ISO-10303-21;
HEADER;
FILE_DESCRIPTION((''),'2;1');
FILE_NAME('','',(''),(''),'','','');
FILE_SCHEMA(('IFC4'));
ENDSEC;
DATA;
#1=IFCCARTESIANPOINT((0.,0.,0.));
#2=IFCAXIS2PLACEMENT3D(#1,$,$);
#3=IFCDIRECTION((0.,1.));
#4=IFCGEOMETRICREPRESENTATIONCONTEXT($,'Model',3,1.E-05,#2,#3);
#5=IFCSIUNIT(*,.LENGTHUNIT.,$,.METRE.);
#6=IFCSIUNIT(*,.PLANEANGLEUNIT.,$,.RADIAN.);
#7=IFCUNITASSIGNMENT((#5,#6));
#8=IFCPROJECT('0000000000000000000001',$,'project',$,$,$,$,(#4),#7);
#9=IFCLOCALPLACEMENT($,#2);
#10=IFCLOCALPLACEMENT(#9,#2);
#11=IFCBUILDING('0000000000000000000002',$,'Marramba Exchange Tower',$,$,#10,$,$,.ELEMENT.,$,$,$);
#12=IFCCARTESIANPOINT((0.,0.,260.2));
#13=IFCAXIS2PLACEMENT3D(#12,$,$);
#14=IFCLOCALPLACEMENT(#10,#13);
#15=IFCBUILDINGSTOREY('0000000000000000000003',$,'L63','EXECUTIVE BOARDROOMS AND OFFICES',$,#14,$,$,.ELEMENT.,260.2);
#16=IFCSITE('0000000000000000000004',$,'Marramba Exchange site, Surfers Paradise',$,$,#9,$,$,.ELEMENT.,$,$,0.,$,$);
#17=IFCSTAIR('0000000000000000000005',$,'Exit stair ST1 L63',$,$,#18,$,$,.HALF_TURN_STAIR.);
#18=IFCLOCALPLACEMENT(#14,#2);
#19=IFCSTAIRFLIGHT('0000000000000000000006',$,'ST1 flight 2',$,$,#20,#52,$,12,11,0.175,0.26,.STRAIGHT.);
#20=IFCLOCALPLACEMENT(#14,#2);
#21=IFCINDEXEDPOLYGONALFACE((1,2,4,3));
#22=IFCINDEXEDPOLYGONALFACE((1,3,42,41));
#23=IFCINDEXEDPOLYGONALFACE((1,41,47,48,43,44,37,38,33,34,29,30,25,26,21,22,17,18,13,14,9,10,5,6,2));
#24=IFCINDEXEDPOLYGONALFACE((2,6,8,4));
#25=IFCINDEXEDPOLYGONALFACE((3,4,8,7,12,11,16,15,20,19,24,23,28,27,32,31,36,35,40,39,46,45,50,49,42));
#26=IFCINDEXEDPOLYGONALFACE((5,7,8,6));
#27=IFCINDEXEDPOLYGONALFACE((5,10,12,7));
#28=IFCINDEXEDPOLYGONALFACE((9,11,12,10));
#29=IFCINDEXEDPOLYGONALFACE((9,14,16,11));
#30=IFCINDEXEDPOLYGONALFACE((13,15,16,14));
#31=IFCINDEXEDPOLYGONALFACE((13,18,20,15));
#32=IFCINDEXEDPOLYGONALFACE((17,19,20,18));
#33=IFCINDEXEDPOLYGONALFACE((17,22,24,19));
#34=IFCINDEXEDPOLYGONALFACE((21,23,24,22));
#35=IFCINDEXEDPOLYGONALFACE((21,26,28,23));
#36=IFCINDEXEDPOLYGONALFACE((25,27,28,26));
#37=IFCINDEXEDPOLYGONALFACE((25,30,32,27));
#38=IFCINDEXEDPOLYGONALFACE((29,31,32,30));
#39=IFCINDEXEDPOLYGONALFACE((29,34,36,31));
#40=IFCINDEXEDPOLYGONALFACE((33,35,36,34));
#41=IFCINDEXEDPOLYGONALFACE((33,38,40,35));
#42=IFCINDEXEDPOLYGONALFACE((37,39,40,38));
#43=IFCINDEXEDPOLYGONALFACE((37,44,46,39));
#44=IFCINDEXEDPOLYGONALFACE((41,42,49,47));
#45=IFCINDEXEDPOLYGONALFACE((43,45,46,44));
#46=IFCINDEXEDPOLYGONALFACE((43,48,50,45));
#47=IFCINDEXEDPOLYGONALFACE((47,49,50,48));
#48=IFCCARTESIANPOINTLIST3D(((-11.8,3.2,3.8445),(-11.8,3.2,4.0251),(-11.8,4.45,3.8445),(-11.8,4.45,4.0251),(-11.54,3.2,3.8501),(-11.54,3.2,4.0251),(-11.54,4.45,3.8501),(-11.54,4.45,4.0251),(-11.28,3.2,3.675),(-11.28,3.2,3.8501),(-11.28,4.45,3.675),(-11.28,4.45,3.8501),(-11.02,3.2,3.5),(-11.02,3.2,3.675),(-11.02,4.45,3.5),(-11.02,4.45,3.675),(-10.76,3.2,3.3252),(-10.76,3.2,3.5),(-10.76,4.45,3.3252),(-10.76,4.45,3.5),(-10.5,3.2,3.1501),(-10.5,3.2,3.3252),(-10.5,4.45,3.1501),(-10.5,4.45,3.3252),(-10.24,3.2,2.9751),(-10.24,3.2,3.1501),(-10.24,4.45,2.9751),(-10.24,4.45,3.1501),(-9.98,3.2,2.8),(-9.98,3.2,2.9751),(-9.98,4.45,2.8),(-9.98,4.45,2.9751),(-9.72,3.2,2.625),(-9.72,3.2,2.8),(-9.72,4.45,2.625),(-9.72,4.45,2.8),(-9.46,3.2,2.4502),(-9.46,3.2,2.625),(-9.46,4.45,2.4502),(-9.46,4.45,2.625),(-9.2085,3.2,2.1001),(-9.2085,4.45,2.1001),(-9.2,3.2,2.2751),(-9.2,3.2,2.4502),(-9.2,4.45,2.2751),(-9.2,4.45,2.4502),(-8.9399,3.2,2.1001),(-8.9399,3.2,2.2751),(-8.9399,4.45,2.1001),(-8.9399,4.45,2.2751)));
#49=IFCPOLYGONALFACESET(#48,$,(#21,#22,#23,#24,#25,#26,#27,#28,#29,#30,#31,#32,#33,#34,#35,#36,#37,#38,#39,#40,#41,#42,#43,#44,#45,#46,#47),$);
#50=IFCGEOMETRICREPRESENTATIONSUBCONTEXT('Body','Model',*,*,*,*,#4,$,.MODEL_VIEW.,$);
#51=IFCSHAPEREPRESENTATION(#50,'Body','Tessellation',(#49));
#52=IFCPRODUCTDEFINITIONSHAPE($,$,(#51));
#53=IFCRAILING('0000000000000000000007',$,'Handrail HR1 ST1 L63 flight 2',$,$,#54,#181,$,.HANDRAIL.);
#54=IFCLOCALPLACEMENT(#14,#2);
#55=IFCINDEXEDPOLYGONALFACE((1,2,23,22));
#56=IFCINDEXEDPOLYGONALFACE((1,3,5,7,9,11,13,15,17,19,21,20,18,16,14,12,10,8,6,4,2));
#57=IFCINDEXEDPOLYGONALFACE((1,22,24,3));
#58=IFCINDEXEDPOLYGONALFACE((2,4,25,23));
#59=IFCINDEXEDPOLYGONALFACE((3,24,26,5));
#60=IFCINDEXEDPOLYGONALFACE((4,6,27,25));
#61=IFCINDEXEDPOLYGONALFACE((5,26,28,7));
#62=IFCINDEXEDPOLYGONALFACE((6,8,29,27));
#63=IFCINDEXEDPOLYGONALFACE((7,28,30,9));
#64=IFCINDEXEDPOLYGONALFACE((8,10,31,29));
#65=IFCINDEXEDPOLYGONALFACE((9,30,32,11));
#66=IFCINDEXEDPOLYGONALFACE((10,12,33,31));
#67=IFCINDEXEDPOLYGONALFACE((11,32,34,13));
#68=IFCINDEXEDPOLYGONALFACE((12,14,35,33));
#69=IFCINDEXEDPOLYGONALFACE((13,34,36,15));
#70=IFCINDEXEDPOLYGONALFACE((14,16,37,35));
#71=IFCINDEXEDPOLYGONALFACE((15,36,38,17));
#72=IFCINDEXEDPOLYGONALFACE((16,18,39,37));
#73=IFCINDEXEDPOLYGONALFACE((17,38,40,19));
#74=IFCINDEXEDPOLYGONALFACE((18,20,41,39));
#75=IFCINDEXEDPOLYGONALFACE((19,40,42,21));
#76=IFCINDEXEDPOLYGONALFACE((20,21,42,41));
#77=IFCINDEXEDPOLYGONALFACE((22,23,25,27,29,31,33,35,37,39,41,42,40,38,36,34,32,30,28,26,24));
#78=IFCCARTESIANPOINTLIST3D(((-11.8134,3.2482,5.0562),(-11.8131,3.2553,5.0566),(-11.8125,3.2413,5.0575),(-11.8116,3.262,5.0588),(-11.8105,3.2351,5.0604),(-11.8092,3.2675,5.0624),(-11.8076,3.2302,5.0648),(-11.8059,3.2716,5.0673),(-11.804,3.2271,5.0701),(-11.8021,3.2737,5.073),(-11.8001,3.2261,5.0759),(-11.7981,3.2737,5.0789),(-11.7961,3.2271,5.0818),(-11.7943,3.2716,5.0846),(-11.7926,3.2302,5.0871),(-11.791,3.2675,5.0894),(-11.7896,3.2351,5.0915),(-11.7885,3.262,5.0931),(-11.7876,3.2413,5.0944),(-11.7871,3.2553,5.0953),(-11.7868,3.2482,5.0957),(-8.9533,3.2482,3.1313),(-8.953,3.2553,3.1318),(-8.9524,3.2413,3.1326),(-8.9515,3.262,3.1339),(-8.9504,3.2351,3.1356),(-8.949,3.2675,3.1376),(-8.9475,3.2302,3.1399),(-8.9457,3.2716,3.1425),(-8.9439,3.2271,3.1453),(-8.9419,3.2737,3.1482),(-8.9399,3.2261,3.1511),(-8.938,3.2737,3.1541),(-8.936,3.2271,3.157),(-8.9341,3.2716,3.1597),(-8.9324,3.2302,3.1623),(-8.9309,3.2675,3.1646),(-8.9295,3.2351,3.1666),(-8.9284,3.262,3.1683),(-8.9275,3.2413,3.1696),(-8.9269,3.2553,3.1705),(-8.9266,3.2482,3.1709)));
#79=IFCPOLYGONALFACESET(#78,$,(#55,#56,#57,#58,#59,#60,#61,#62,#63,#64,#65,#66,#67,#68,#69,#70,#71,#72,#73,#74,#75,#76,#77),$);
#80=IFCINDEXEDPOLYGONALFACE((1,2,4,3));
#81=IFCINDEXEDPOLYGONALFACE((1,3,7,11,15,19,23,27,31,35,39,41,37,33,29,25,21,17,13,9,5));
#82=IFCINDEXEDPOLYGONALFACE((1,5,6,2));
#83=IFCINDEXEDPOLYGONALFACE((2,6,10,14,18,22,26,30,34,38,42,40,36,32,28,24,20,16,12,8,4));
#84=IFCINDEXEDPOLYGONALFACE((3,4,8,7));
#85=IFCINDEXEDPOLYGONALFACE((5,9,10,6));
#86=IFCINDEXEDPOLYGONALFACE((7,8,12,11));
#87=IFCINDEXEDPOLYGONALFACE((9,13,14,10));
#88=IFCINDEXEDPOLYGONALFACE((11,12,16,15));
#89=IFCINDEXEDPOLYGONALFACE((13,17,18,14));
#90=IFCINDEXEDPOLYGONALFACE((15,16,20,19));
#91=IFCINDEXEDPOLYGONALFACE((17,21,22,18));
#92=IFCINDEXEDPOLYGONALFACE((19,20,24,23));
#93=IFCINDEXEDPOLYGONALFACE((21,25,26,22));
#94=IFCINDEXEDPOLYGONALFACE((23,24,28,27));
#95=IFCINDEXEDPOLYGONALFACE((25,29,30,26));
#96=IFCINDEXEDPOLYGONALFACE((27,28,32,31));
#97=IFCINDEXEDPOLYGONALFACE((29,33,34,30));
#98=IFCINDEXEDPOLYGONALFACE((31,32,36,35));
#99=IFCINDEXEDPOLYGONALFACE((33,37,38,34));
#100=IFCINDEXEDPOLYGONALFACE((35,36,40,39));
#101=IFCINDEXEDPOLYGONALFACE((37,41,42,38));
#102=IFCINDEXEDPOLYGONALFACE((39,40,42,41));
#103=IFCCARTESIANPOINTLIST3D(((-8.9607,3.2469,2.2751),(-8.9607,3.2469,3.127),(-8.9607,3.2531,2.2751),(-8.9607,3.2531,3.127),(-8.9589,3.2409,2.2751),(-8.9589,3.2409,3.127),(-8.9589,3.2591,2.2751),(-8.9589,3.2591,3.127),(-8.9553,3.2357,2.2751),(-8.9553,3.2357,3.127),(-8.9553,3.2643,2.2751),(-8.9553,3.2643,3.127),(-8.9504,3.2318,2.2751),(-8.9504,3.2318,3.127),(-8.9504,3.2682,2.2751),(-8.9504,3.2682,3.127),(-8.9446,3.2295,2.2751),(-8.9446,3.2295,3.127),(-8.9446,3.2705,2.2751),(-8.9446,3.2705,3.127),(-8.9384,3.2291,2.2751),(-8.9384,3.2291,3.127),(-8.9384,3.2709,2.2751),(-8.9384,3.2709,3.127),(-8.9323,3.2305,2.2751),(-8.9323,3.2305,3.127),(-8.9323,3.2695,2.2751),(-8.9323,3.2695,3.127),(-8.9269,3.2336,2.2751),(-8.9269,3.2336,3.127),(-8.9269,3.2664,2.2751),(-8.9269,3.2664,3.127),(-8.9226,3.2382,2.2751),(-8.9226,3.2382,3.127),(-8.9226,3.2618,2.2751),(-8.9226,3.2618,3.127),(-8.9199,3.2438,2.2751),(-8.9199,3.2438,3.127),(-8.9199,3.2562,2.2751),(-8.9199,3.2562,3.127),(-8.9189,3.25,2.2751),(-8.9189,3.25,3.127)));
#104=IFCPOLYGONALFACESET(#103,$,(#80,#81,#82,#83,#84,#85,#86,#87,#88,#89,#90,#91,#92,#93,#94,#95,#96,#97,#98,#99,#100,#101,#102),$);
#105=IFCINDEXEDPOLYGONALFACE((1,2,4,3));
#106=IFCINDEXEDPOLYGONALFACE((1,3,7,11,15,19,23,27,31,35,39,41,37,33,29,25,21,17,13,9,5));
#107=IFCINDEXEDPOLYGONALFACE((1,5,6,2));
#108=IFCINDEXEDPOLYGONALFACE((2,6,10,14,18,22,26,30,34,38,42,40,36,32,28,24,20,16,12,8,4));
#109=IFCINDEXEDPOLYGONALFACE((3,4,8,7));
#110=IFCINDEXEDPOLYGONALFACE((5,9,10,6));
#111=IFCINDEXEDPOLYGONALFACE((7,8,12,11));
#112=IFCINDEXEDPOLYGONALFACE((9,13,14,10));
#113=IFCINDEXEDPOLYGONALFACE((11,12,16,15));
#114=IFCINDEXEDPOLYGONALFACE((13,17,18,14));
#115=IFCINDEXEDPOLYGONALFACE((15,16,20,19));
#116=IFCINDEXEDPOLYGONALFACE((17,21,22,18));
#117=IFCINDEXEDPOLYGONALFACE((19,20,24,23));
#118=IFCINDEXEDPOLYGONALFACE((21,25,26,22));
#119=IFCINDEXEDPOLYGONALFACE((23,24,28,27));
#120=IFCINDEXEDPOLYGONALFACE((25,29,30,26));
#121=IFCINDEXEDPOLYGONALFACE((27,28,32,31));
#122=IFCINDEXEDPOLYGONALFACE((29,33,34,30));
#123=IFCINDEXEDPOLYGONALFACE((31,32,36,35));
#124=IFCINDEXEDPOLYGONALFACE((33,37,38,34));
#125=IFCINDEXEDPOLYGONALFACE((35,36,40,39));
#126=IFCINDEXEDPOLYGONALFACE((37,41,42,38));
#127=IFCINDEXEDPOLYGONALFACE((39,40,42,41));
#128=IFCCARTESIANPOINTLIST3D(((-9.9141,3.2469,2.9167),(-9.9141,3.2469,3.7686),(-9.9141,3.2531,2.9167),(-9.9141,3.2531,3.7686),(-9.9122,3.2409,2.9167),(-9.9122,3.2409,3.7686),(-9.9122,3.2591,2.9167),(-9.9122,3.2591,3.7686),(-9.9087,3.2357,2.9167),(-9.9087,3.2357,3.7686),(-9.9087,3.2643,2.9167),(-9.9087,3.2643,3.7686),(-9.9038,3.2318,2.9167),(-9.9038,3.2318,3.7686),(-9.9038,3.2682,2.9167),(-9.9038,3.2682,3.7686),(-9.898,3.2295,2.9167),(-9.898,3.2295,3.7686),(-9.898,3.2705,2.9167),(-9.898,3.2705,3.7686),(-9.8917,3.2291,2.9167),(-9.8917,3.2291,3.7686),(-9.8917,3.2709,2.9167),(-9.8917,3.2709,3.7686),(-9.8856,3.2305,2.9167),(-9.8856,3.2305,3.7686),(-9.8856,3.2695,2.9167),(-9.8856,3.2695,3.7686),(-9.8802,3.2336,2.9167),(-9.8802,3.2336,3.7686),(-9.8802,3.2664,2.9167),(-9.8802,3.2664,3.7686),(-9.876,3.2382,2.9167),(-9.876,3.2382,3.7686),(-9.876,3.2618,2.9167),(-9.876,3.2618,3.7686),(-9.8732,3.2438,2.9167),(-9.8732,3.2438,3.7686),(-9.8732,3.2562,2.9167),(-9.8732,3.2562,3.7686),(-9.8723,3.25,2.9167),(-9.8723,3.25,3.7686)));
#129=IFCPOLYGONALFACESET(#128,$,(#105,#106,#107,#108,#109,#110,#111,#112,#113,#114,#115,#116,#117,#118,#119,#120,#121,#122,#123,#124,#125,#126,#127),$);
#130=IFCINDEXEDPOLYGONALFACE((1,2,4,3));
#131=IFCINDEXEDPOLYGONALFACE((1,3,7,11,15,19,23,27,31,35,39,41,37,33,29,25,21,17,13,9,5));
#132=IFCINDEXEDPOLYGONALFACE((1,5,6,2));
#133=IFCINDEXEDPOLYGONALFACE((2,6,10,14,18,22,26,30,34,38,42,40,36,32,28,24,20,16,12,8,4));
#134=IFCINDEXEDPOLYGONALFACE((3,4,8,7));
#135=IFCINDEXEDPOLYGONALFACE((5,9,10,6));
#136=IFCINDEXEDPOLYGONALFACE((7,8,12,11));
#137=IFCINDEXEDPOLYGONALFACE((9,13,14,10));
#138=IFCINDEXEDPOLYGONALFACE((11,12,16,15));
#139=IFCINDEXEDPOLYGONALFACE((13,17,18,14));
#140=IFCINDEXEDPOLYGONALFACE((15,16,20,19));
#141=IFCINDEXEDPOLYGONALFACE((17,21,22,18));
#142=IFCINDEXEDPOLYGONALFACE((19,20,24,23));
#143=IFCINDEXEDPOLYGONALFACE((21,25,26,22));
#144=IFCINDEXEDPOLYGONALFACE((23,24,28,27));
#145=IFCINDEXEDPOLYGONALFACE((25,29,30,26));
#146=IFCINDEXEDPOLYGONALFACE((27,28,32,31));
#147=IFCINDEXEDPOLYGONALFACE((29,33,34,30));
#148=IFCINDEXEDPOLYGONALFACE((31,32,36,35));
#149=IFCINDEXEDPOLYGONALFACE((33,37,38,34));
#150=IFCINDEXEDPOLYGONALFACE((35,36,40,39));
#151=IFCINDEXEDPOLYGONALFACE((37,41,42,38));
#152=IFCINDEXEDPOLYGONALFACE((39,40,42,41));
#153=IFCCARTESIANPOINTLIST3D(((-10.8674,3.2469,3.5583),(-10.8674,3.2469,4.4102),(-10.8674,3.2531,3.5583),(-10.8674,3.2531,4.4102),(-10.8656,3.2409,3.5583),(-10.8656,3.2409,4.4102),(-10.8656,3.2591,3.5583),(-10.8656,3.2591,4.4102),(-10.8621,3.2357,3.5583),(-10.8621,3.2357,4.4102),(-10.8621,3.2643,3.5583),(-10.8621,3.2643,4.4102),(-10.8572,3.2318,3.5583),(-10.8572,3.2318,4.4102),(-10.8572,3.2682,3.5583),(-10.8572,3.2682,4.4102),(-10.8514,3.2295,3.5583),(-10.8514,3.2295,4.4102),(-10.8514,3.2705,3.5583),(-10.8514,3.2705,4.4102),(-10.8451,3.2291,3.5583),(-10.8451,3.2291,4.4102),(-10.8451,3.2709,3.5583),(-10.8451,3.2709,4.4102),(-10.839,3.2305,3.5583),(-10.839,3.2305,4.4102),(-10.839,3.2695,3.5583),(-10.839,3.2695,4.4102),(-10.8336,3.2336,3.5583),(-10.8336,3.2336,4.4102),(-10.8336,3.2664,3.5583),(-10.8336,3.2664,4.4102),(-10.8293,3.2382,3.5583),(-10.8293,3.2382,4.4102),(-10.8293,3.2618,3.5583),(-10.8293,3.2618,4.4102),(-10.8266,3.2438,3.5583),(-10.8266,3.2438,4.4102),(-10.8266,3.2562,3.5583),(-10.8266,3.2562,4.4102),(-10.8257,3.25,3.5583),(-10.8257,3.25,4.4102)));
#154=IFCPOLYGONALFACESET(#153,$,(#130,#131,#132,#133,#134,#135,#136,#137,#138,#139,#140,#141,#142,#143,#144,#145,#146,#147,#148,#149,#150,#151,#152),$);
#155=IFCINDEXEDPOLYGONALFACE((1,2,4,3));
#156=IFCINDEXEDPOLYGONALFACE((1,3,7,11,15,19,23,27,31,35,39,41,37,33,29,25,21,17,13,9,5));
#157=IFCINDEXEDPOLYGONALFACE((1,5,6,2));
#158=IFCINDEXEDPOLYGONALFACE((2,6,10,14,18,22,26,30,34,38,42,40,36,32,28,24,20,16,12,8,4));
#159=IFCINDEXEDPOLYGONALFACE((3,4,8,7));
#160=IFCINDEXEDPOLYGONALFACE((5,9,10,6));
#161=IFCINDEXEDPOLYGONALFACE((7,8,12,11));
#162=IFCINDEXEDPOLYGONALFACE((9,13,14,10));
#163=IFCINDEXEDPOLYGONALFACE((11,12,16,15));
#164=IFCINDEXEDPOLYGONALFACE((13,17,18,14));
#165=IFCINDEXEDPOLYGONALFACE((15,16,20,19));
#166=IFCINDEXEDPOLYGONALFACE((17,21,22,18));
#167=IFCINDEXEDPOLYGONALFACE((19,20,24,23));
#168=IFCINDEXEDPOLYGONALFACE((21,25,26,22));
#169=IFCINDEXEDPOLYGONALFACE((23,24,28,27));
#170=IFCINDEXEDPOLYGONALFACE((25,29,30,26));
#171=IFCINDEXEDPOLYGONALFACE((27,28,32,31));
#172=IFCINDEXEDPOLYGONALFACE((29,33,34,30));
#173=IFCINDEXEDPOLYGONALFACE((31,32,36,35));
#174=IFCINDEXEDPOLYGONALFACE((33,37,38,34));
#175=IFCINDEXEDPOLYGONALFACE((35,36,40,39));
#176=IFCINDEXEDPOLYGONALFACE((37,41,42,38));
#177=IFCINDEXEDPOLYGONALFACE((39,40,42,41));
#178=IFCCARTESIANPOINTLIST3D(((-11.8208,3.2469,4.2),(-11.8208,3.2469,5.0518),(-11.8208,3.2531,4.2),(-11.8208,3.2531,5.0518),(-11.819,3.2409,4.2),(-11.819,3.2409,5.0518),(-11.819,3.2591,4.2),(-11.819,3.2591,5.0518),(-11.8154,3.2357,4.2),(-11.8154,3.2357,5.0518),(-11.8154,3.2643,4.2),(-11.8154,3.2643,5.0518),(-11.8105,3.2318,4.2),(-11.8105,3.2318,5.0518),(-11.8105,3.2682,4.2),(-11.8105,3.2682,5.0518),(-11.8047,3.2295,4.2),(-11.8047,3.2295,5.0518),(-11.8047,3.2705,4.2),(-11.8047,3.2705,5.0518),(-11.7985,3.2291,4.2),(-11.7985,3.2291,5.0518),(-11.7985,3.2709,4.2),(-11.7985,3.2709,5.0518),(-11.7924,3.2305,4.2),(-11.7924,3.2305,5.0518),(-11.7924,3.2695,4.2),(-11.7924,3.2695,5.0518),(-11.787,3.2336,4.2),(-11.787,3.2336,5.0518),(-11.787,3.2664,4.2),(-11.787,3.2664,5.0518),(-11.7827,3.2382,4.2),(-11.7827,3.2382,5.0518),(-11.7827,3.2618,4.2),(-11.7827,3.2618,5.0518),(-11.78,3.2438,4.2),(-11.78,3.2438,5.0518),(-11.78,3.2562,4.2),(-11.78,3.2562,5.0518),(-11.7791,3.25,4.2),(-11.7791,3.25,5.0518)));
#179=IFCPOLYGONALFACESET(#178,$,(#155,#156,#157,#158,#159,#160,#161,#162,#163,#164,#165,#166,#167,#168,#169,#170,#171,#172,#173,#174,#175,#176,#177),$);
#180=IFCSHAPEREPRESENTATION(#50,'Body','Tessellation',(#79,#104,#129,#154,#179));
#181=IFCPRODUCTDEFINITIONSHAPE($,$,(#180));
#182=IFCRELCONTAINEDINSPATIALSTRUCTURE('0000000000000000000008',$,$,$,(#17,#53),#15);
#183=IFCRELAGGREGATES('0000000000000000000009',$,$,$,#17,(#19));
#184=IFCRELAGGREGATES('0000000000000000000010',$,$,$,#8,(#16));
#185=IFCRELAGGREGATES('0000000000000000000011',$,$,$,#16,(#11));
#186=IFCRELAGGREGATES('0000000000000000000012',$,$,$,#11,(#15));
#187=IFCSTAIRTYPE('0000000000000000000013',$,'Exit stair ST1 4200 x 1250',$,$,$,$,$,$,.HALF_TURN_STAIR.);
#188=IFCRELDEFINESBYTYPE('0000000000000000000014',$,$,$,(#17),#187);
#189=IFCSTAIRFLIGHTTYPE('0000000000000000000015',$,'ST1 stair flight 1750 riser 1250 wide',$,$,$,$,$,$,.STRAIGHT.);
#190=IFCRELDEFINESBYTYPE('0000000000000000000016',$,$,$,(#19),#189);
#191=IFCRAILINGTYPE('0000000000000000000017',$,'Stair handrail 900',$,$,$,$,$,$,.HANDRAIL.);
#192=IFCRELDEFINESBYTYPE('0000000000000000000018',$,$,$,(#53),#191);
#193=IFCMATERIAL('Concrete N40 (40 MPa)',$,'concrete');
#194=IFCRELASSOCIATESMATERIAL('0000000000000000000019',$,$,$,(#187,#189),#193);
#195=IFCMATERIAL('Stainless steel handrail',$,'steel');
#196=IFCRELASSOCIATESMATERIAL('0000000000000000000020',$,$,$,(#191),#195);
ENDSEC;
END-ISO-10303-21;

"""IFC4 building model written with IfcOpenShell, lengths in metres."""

from ifc_helpers import new_model, si_unit, direction, frame, origin, origin_2d, place, context, subcontext, project, spatial, polyline, circle, outline, extrude, material, type_object, element, aggregate, save


model = new_model("IFC4")

# Units and contexts
model_context = context("Model", 3, precision=1e-05, world=origin(), true_north=direction((0.0, 1.0)))
body_context = subcontext(model_context, "Body", "Model", "MODEL_VIEW")
ifc_project = project(units=[si_unit("LENGTHUNIT", "METRE"), si_unit("PLANEANGLEUNIT", "RADIAN")], contexts=[model_context])

# Site, building, storey
site_placement = place(None, origin())
site = spatial("IfcSite", under=ifc_project, at=site_placement, Name="Marramba Exchange site, Surfers Paradise", CompositionType="ELEMENT", RefElevation=0.0)
building_placement = place(site_placement, origin())
building = spatial("IfcBuilding", under=site, at=building_placement, Name="Marramba Exchange Tower", CompositionType="ELEMENT")
storey_placement = place(building_placement, frame((0.0, 0.0, 260.2)))
storey = spatial("IfcBuildingStorey", under=building, at=storey_placement, Name="L63", Description="EXECUTIVE BOARDROOMS AND OFFICES", CompositionType="ELEMENT", Elevation=260.2)

# Stair, stair flight
ifc_material_1 = material(Name="Concrete N40 (40 MPa)", Category="concrete")
stair_type = type_object("IfcStairType", Name="Exit stair ST1 4200 x 1250", PredefinedType="HALF_TURN_STAIR", material=ifc_material_1)
stair_placement = place(storey_placement, origin())
stair = element("IfcStair", 1, at=stair_placement, inside=storey, type_object=stair_type, Name="Exit stair ST1 L63", PredefinedType="HALF_TURN_STAIR")
stair_flight_type = type_object("IfcStairFlightType", Name="ST1 stair flight 1750 riser 1250 wide", PredefinedType="STRAIGHT", material=ifc_material_1)
stair_flight_placement = place(storey_placement, frame((-8.9399, 3.825, 2.1001), z_axis=(0.0, 0.0, 1.0), x_axis=(-1.0, 0.0, 0.0)))
stair_flight = element("IfcStairFlight", 2, at=stair_flight_placement, type_object=stair_flight_type, Name="ST1 flight 2", NumberOfRisers=12, NumberOfTreads=11, PredefinedType="STRAIGHT", RiserHeight=0.175, TreadLength=0.26, context=body_context, shape_type="SweptSolid", body=[
    extrude(outline(polyline([(0.0, 0.0), (0.0, 0.175), (0.26, 0.175), (0.26, 0.3501), (0.52, 0.3501), (0.52, 0.5249), (0.78, 0.5249), (0.78, 0.7), (1.04, 0.7), (1.04, 0.875), (1.3, 0.875), (1.3, 1.05), (1.5601, 1.05), (1.5601, 1.2251), (1.8201, 1.2251), (1.8201, 1.3999), (2.0801, 1.3999), (2.0801, 1.575), (2.3401, 1.575), (2.3401, 1.75), (2.6001, 1.75), (2.6001, 1.925), (2.8601, 1.925), (2.8601, 2.1001), (2.8601, 1.7444), (0.2686, 0.0), (0.0, 0.0)])), frame((0.0, 0.625, 0.0), z_axis=(0.0, -1.0, 0.0), x_axis=(1.0, 0.0, 0.0)), (0.0, 0.0, 1.0), 1.25),
])
aggregate(stair, [stair_flight])

# Railing
ifc_material_2 = material(Name="Stainless steel handrail", Category="steel")
railing_type = type_object("IfcRailingType", Name="Stair handrail 900", PredefinedType="HANDRAIL", material=ifc_material_2)
railing_placement = place(storey_placement, frame((-8.9399, 3.25, 2.2751)))
element("IfcRailing", 3, at=railing_placement, inside=storey, type_object=railing_type, Name="Handrail HR1 ST1 L63 flight 2", PredefinedType="HANDRAIL", context=body_context, shape_type="SweptSolid", body=[
    extrude(circle(Radius=0.0239, at=origin_2d()), frame((0.0, 0.0, 0.876), z_axis=(-0.829624, 0.0, 0.558323), x_axis=(0.0, -1.0, 0.0)), (0.0, 0.0, 1.0), 3.4475),
    extrude(circle(Radius=0.021, at=origin_2d()), origin(), (0.0, 0.0, 1.0), 0.8518),
    extrude(circle(Radius=0.021, at=origin_2d()), frame((-0.9534, 0.0, 0.6416)), (0.0, 0.0, 1.0), 0.8518),
    extrude(circle(Radius=0.021, at=origin_2d()), frame((-1.9067, 0.0, 1.2832)), (0.0, 0.0, 1.0), 0.8518),
    extrude(circle(Radius=0.021, at=origin_2d()), frame((-2.8601, 0.0, 1.9248)), (0.0, 0.0, 1.0), 0.8518),
])

save(model, "model.ifc")
